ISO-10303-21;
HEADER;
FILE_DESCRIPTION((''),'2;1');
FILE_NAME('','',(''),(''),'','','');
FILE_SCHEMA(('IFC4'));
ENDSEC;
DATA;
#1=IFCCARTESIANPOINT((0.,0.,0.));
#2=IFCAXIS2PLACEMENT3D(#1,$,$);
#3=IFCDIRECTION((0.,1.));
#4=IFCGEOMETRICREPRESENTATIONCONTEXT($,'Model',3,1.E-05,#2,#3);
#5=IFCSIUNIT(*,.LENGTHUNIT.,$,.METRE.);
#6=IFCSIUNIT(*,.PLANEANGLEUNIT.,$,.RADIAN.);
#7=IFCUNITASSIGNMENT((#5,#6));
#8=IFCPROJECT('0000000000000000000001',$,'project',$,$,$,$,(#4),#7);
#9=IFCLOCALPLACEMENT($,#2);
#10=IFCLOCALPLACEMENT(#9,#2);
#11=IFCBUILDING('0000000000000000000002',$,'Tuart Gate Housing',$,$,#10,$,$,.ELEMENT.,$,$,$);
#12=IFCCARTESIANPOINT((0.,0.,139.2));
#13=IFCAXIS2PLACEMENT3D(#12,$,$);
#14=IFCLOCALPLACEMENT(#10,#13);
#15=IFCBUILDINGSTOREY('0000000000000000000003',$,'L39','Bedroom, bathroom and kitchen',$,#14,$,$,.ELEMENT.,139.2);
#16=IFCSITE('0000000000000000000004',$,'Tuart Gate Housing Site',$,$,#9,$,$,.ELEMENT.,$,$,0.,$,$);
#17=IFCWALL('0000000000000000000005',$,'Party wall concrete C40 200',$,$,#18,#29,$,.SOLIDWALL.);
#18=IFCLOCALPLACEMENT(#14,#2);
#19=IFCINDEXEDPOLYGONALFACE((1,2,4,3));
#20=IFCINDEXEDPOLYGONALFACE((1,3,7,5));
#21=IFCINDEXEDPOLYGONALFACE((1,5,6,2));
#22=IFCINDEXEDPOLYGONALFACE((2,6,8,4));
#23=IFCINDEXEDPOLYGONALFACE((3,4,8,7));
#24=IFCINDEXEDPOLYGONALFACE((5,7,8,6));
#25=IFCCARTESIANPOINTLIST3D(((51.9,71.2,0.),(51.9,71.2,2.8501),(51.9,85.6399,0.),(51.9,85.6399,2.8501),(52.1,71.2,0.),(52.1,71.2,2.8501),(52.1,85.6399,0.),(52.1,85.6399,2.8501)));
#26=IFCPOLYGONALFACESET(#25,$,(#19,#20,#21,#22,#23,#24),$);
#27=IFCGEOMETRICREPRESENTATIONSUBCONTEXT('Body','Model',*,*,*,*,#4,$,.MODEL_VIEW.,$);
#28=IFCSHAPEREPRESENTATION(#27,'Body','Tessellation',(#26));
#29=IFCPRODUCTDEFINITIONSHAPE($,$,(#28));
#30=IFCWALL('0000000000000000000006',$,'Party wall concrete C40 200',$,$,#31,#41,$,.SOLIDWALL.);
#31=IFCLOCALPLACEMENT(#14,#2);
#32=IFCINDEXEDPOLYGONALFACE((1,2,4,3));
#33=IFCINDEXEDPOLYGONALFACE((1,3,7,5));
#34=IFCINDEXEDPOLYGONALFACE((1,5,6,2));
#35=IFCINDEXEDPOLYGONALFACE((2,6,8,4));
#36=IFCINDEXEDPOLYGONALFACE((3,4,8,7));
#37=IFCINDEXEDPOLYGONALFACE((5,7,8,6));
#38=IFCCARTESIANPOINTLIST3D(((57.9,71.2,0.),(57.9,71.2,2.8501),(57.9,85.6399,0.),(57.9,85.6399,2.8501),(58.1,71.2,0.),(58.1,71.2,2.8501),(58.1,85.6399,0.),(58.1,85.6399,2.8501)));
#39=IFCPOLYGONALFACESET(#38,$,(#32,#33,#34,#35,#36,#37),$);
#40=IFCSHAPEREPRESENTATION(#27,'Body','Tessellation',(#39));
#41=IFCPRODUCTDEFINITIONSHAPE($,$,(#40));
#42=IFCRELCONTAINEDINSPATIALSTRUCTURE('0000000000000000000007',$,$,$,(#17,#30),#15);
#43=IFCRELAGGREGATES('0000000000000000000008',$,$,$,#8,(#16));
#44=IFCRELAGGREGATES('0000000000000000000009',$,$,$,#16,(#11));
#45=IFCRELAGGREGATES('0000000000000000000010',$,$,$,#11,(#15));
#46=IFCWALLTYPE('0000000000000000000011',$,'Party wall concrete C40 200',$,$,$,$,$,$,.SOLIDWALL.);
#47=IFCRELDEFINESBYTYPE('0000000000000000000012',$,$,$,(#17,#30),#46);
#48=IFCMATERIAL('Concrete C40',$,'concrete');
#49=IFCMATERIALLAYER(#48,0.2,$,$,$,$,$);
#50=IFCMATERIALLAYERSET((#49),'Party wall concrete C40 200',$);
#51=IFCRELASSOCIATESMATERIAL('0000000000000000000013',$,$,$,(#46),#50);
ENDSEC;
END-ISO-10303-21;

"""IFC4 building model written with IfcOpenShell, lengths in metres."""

from ifc_helpers import new_model, si_unit, direction, frame, frame_2d, origin, place, context, subcontext, project, spatial, rectangle, extrude, material, layer, layer_set, type_object, element, save


model = new_model("IFC4")

# Units and contexts
model_context = context("Model", 3, precision=1e-05, world=origin(), true_north=direction((0.0, 1.0)))
body_context = subcontext(model_context, "Body", "Model", "MODEL_VIEW")
ifc_project = project(units=[si_unit("LENGTHUNIT", "METRE"), si_unit("PLANEANGLEUNIT", "RADIAN")], contexts=[model_context])

# Site, building, storey
site_placement = place(None, origin())
site = spatial("IfcSite", under=ifc_project, at=site_placement, Name="Tuart Gate Housing Site", CompositionType="ELEMENT", RefElevation=0.0)
building_placement = place(site_placement, origin())
building = spatial("IfcBuilding", under=site, at=building_placement, Name="Tuart Gate Housing", CompositionType="ELEMENT")
storey_placement = place(building_placement, frame((0.0, 0.0, 139.2)))
storey = spatial("IfcBuildingStorey", under=building, at=storey_placement, Name="L39", Description="Bedroom, bathroom and kitchen", CompositionType="ELEMENT", Elevation=139.2)

# Walls
ifc_material_1 = material(Name="Concrete C40", Category="concrete")
ifc_layer_1 = layer(ifc_material_1, 0.2)
ifc_layer_set_1 = layer_set([ifc_layer_1], Name="Party wall concrete C40 200")
wall_type_1 = type_object("IfcWallType", Name="Party wall concrete C40 200", PredefinedType="SOLIDWALL", material=ifc_layer_set_1)
for number, where, z_axis, x_axis, name in (
    (1, (52.0, 71.2, 0.0), (0.0, 0.0, 1.0), (0.0, 1.0, 0.0), "Party wall concrete C40 200"),
    (2, (58.0, 71.2, 0.0), (0.0, 0.0, 1.0), (0.0, 1.0, 0.0), "Party wall concrete C40 200"),
):
    element("IfcWall", number, at=place(storey_placement, frame(where, z_axis=z_axis, x_axis=x_axis)), inside=storey, type_object=wall_type_1, Name=name, PredefinedType="SOLIDWALL", context=body_context, shape_type="SweptSolid", body=[
        extrude(rectangle(XDim=14.4399, YDim=0.2, at=frame_2d((7.22, 0.0))), origin(), (0.0, 0.0, 1.0), 2.8501),
    ])

save(model, "model.ifc")
